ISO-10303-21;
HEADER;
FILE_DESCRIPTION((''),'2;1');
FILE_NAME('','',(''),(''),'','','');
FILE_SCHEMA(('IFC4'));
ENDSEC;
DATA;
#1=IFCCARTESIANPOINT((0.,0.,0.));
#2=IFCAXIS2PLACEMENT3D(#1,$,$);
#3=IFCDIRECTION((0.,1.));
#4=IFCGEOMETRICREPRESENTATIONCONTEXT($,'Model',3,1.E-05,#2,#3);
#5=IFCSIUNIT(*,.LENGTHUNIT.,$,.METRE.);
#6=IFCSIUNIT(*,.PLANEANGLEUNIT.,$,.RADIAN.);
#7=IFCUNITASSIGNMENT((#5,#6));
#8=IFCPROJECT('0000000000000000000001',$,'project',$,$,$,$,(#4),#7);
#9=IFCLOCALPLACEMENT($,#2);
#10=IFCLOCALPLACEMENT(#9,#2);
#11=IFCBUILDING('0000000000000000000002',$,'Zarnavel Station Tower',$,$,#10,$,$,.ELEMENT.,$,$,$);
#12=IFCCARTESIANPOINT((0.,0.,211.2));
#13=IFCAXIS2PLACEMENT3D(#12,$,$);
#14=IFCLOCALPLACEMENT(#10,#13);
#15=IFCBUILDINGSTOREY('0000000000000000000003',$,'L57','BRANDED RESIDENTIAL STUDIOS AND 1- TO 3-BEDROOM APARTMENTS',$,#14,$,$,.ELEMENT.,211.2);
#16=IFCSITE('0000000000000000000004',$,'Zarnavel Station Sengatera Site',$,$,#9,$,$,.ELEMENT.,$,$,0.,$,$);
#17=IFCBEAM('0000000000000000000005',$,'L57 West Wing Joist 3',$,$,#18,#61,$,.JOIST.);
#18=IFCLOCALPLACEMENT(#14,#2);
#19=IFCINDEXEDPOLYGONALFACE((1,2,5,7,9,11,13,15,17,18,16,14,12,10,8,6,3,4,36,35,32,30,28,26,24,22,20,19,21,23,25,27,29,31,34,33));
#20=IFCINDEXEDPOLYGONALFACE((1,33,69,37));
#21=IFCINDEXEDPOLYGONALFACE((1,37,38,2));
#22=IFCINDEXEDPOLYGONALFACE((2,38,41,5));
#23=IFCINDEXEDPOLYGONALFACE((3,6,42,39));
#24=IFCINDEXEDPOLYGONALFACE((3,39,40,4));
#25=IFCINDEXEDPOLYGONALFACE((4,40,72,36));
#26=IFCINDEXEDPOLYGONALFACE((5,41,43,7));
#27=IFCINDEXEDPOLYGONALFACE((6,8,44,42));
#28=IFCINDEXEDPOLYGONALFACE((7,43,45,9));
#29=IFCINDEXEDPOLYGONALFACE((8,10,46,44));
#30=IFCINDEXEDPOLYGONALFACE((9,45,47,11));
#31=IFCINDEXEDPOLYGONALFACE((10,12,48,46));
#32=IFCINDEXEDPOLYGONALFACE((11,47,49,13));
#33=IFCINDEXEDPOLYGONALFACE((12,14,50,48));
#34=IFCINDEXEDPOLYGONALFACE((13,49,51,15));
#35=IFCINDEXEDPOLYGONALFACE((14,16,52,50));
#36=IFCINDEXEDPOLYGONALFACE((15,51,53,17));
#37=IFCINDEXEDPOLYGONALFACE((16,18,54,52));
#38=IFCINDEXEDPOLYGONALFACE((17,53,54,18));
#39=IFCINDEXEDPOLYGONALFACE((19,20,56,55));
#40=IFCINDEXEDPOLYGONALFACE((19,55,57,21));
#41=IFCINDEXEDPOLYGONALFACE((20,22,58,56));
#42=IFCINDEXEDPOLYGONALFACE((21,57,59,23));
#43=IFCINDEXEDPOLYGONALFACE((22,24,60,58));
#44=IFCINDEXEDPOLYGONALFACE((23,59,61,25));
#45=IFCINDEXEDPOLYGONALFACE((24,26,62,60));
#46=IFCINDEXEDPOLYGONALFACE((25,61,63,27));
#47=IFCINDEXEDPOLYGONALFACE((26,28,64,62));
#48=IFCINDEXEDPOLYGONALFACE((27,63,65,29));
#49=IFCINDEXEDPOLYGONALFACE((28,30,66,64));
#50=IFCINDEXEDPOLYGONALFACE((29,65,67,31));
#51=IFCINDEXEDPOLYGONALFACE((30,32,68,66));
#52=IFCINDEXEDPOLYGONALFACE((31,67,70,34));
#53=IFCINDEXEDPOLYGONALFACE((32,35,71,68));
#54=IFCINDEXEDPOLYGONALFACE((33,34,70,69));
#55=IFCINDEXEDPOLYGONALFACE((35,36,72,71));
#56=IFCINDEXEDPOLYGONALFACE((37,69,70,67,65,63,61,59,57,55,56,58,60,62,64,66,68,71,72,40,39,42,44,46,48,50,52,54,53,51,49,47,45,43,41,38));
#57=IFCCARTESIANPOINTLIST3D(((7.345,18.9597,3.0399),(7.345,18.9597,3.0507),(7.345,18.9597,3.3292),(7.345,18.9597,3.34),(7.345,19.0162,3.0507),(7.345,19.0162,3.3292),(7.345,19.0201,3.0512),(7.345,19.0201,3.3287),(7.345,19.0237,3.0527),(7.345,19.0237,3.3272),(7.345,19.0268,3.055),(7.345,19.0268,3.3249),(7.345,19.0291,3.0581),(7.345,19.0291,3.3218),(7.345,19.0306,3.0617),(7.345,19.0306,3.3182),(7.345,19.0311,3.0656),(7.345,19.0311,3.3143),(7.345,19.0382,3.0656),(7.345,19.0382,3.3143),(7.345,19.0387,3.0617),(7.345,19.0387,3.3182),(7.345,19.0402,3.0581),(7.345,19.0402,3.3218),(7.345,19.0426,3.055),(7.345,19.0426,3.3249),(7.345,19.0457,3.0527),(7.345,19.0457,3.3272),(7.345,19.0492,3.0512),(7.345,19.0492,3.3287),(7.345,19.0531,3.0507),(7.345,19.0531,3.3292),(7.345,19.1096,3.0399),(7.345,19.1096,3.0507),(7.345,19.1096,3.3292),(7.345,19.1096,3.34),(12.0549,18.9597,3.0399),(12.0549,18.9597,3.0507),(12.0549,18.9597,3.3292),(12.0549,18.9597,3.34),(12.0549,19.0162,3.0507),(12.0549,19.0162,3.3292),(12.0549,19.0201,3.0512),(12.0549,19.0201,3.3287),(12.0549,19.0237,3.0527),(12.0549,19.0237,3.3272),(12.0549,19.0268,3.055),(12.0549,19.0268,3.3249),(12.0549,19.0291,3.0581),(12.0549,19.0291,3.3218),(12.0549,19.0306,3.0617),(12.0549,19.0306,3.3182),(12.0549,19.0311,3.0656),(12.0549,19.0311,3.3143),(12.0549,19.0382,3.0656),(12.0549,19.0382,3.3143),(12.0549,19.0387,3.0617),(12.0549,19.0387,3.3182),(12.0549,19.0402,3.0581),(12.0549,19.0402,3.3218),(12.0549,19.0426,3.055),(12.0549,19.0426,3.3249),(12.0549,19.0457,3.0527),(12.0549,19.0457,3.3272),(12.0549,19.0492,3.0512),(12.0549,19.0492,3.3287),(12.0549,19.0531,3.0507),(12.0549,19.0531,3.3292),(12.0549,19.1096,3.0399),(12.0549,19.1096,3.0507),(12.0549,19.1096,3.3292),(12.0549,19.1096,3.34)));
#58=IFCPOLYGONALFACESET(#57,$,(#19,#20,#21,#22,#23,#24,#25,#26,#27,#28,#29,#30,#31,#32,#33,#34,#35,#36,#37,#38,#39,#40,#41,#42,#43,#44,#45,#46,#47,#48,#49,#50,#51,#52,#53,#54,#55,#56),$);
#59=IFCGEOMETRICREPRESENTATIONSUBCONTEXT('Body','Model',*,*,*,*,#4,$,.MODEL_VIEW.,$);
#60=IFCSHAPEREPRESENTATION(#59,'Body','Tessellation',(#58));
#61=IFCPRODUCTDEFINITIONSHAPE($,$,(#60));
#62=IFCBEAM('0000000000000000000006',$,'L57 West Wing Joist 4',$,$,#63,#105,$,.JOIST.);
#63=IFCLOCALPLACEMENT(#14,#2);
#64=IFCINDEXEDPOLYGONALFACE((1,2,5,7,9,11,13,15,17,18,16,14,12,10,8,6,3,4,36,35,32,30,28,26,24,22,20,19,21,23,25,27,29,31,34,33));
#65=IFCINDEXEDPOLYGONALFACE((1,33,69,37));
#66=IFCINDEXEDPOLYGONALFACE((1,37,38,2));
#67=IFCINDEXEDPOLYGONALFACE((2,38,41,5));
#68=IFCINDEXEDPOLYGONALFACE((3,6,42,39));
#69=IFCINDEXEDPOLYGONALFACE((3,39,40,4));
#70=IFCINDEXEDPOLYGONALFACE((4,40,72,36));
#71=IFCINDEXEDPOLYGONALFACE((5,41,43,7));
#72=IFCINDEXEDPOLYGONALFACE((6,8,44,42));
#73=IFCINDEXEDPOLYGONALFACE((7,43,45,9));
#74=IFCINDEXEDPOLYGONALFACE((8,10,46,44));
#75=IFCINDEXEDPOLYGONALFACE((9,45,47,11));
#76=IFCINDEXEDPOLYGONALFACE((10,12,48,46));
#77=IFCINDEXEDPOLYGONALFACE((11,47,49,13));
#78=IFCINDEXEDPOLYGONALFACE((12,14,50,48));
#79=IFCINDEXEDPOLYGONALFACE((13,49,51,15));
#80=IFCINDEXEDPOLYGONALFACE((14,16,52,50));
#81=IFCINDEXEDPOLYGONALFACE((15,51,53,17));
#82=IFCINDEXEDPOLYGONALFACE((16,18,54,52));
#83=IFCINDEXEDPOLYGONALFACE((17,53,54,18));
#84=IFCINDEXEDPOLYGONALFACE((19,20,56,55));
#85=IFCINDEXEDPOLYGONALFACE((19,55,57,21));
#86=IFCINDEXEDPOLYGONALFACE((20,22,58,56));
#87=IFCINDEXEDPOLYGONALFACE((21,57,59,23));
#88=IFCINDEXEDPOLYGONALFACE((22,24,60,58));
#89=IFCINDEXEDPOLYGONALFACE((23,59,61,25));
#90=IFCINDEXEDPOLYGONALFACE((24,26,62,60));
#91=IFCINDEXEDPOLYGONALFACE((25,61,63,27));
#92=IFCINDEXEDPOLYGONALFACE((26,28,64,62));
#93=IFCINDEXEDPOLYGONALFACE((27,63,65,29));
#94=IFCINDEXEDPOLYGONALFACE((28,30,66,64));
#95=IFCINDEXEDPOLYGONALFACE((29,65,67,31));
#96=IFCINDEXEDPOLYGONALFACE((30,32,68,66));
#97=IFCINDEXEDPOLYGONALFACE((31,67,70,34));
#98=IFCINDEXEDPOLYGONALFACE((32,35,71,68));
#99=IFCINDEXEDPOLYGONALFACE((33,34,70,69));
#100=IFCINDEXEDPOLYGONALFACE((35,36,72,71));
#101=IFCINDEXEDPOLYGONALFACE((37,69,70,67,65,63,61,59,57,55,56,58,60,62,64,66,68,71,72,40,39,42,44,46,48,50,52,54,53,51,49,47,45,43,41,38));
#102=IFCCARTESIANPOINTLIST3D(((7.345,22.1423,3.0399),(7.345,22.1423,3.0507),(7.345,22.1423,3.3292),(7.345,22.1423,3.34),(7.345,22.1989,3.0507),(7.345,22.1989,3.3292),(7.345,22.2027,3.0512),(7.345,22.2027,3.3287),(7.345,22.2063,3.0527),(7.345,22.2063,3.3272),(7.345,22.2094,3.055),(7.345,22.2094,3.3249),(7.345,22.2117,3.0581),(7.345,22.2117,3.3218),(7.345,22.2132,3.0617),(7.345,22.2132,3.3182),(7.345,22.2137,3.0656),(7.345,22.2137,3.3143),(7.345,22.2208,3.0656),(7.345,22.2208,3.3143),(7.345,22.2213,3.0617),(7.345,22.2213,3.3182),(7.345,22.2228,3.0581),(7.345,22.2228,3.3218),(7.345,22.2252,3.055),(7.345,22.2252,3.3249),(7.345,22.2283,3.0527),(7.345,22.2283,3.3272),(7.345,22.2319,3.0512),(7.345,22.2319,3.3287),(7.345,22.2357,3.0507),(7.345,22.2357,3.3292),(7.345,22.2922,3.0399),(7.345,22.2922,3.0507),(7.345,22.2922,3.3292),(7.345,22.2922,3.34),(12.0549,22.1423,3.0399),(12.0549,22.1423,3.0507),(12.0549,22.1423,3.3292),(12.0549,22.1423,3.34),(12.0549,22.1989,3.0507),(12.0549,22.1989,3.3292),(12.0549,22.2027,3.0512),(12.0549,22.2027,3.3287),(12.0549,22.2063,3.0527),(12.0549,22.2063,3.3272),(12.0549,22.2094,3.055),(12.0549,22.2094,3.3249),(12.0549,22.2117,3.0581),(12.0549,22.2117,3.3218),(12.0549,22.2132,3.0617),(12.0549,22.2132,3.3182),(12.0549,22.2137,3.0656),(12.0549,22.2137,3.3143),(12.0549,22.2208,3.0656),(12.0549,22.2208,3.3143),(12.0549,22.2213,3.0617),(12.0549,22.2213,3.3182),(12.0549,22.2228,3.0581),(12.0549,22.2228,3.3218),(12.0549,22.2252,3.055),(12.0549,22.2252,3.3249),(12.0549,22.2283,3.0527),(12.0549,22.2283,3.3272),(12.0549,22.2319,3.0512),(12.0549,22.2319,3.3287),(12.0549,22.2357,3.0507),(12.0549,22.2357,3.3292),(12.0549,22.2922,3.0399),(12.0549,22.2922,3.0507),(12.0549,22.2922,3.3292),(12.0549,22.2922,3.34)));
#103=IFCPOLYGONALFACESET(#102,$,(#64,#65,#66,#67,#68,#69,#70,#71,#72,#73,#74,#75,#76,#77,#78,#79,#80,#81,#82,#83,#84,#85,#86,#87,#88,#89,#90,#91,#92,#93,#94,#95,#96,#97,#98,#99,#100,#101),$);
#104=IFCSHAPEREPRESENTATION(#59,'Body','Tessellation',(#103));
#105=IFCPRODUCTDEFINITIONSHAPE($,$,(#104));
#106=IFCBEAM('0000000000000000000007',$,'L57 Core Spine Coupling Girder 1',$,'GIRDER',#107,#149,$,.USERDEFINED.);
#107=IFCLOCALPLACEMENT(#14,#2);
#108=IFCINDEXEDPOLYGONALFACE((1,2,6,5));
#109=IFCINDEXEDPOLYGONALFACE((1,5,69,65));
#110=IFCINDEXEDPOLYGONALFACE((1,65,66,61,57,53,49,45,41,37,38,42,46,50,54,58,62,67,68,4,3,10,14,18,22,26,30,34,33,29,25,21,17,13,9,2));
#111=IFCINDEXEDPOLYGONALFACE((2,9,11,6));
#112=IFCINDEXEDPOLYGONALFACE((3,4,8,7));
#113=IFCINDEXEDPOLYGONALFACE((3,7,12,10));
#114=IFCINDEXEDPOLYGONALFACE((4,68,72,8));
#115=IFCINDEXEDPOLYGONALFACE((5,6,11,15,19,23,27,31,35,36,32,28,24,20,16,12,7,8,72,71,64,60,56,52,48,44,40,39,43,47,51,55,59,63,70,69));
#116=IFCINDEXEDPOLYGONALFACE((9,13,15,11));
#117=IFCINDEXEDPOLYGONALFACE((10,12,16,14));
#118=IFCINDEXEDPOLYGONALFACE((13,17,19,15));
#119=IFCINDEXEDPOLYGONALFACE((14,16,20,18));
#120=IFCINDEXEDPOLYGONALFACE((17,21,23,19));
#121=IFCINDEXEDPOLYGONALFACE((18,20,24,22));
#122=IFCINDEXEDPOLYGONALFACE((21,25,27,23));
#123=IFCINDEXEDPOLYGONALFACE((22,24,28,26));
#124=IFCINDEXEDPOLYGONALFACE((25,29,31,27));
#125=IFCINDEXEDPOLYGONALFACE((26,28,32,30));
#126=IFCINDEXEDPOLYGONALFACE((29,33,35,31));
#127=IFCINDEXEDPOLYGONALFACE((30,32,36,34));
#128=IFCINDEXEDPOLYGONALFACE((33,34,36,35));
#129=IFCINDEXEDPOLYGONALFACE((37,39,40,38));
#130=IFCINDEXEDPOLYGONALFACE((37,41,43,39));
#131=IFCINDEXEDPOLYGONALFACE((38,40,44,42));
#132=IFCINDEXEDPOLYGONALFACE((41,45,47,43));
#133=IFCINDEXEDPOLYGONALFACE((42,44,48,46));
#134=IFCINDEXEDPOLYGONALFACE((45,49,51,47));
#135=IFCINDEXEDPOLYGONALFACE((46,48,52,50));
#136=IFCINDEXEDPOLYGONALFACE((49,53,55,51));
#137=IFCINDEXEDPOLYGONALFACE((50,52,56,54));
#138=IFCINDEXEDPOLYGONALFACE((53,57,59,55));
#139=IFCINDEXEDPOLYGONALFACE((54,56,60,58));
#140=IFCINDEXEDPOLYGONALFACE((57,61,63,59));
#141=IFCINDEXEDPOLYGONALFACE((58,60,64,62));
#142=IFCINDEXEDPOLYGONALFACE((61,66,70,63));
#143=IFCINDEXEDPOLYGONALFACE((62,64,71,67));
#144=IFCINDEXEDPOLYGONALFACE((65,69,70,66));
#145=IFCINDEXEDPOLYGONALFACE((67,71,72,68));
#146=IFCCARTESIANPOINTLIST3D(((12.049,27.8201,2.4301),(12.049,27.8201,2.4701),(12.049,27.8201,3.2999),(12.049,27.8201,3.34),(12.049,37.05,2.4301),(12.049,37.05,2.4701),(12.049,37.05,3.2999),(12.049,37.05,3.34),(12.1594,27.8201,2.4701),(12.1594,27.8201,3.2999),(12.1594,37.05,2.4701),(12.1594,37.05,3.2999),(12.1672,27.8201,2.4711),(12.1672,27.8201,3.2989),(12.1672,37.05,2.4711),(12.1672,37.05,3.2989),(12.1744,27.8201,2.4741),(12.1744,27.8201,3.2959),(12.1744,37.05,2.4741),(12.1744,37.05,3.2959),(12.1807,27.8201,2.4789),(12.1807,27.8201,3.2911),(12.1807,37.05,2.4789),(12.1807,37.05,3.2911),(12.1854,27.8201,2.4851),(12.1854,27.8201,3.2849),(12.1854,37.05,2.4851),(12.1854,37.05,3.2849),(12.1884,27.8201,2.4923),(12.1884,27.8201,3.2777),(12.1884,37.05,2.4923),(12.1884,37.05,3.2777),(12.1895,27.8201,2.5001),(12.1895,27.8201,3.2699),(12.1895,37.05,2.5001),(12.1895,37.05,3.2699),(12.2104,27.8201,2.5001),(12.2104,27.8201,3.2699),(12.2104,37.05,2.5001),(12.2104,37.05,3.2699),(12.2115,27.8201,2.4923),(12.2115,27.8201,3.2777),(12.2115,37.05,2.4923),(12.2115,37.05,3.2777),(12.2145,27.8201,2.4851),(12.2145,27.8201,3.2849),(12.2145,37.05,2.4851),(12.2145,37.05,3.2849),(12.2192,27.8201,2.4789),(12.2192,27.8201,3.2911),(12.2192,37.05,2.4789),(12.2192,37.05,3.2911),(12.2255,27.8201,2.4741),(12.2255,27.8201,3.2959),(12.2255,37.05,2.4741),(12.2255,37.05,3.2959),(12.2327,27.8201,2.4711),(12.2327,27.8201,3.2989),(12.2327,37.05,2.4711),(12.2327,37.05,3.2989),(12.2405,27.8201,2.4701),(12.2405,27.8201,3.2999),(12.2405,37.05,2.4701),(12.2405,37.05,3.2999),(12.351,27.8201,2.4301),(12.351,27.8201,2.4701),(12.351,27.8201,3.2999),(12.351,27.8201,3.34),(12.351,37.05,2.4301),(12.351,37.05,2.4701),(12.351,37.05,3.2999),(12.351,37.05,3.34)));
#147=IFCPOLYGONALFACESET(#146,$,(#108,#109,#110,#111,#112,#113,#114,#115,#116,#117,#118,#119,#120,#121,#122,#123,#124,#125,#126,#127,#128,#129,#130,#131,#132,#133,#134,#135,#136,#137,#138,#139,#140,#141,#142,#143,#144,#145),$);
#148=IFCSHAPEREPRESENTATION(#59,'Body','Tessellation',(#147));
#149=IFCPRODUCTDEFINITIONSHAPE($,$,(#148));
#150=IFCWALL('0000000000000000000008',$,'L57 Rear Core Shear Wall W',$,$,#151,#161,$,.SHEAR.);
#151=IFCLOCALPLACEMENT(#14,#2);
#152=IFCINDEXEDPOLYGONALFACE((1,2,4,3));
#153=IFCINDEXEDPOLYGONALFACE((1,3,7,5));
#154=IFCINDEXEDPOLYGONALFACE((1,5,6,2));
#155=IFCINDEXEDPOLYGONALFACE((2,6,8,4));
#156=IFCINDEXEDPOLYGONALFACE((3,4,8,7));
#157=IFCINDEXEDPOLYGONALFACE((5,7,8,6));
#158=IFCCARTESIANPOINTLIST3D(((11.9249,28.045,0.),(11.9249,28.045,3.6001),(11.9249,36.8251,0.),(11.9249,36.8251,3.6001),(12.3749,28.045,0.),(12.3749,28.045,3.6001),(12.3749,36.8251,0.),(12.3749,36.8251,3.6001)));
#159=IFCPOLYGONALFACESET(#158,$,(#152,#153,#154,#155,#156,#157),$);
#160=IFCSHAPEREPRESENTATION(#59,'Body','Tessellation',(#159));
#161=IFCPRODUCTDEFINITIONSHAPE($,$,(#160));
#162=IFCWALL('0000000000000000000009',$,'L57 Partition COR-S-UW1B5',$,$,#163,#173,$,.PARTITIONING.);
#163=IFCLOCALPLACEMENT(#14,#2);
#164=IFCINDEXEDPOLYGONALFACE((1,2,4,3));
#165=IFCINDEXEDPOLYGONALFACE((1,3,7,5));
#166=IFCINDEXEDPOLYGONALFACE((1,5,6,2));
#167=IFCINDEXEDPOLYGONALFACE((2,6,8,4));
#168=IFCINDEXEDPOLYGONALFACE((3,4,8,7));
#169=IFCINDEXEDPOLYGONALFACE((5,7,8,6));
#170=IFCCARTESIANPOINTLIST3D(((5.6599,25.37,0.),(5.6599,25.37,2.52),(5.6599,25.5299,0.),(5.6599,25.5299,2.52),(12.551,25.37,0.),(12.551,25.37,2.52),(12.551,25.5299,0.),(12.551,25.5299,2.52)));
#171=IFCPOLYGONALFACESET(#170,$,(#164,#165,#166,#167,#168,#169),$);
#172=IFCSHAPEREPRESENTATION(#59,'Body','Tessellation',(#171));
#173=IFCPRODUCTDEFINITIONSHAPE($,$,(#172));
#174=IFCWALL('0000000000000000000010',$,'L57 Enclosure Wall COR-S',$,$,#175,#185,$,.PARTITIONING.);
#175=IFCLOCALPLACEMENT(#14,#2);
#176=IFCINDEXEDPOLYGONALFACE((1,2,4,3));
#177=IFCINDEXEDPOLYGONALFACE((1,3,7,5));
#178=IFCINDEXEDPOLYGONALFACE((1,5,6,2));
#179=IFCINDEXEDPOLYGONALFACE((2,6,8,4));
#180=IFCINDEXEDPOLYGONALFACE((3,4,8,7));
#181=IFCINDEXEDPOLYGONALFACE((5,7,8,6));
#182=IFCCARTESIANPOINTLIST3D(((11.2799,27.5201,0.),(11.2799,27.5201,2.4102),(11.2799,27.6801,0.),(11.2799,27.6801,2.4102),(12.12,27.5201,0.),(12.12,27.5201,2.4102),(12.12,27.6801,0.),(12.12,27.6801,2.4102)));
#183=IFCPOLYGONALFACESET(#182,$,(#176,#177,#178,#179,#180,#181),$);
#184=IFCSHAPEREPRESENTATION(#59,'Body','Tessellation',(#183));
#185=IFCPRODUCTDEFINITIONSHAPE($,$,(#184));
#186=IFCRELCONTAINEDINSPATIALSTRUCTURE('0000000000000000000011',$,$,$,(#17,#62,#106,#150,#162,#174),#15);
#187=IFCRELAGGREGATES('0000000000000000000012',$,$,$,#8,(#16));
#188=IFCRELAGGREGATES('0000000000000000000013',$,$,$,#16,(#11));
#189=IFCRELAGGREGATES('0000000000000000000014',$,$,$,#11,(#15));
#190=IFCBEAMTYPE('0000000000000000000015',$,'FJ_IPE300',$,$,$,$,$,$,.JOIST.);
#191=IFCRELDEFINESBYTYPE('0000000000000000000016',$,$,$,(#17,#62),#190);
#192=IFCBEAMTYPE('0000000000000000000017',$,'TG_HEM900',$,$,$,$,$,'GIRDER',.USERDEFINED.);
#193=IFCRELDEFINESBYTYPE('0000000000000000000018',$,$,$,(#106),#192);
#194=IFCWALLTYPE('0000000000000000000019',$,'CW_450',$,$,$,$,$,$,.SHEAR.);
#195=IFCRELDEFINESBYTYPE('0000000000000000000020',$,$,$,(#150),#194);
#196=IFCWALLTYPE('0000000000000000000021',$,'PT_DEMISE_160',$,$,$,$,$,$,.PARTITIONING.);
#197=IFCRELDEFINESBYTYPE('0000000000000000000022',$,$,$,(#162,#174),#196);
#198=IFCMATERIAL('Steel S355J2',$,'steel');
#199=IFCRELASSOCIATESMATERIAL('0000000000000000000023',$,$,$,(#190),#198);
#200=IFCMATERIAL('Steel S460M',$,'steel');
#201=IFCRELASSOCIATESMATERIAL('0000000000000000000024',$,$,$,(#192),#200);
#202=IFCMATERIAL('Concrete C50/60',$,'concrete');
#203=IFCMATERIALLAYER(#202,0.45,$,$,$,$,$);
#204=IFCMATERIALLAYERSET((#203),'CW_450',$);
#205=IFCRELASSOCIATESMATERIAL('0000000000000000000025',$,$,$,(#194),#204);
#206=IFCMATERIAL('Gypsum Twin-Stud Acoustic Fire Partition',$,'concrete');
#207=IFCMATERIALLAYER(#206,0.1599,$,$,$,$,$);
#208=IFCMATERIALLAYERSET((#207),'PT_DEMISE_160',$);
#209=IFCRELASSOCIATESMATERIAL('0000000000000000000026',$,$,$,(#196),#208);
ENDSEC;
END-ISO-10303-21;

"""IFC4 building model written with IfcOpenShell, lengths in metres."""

from ifc_helpers import new_model, si_unit, direction, frame, frame_2d, origin, origin_2d, place, context, subcontext, project, spatial, rectangle, i_section, extrude, material, layer, layer_set, material_profile, profile_set, type_object, element, save


model = new_model("IFC4")

# Units and contexts
model_context = context("Model", 3, precision=1e-05, world=origin(), true_north=direction((0.0, 1.0)))
body_context = subcontext(model_context, "Body", "Model", "MODEL_VIEW")
ifc_project = project(units=[si_unit("LENGTHUNIT", "METRE"), si_unit("PLANEANGLEUNIT", "RADIAN")], contexts=[model_context])

# Site, building, storey
site_placement = place(None, origin())
site = spatial("IfcSite", under=ifc_project, at=site_placement, Name="Zarnavel Station Sengatera Site", CompositionType="ELEMENT", RefElevation=0.0)
building_placement = place(site_placement, origin())
building = spatial("IfcBuilding", under=site, at=building_placement, Name="Zarnavel Station Tower", CompositionType="ELEMENT")
storey_placement = place(building_placement, frame((0.0, 0.0, 211.2)))
storey = spatial("IfcBuildingStorey", under=building, at=storey_placement, Name="L57", Description="BRANDED RESIDENTIAL STUDIOS AND 1- TO 3-BEDROOM APARTMENTS", CompositionType="ELEMENT", Elevation=211.2)

# Beams
ifc_material_1 = material(Name="Steel S355J2", Category="steel")
ifc_material_profile_1 = material_profile(ifc_material_1, i_section(OverallWidth=0.1499, OverallDepth=0.3, WebThickness=0.0071, FlangeThickness=0.0107, FilletRadius=0.0149, at=origin_2d()), Name="IPE300")
ifc_profile_set_1 = profile_set([ifc_material_profile_1], Name="Steel S355J2")
beam_type_1 = type_object("IfcBeamType", Name="FJ_IPE300", PredefinedType="JOIST", material=ifc_profile_set_1)
for number, where, z_axis, x_axis, name in (
    (1, (7.345, 19.0347, 3.1899), (1.0, 0.0, 0.0), (0.0, 1.0, 0.0), "L57 West Wing Joist 3"),
    (2, (7.345, 22.2173, 3.1899), (1.0, 0.0, 0.0), (0.0, 1.0, 0.0), "L57 West Wing Joist 4"),
):
    element("IfcBeam", number, at=place(storey_placement, frame(where, z_axis=z_axis, x_axis=x_axis)), inside=storey, type_object=beam_type_1, Name=name, PredefinedType="JOIST", context=body_context, shape_type="SweptSolid", body=[
        extrude(i_section(OverallWidth=0.1499, OverallDepth=0.3, WebThickness=0.0071, FlangeThickness=0.0107, FilletRadius=0.0149, at=origin_2d()), origin(), (0.0, 0.0, 1.0), 4.71),
    ])
ifc_material_2 = material(Name="Steel S460M", Category="steel")
ifc_material_profile_2 = material_profile(ifc_material_2, i_section(OverallWidth=0.302, OverallDepth=0.9099, WebThickness=0.021, FlangeThickness=0.04, FilletRadius=0.03, at=origin_2d()), Name="HEM900")
ifc_profile_set_2 = profile_set([ifc_material_profile_2], Name="Steel S460M")
beam_type_2 = type_object("IfcBeamType", Name="TG_HEM900", ElementType="GIRDER", PredefinedType="USERDEFINED", material=ifc_profile_set_2)
beam_1_placement = place(storey_placement, frame((12.2, 27.8201, 2.885), z_axis=(0.0, 1.0, 0.0), x_axis=(-1.0, 0.0, 0.0)))
element("IfcBeam", 3, at=beam_1_placement, inside=storey, type_object=beam_type_2, Name="L57 Core Spine Coupling Girder 1", ObjectType="GIRDER", PredefinedType="USERDEFINED", context=body_context, shape_type="SweptSolid", body=[
    extrude(i_section(OverallWidth=0.302, OverallDepth=0.9099, WebThickness=0.021, FlangeThickness=0.04, FilletRadius=0.03, at=origin_2d()), origin(), (0.0, 0.0, 1.0), 9.23),
])

# Walls
ifc_material_3 = material(Name="Concrete C50/60", Category="concrete")
ifc_layer_1 = layer(ifc_material_3, 0.45)
ifc_layer_set_1 = layer_set([ifc_layer_1], Name="CW_450")
wall_type_1 = type_object("IfcWallType", Name="CW_450", PredefinedType="SHEAR", material=ifc_layer_set_1)
wall_1_placement = place(storey_placement, frame((12.1499, 28.0449, 0.0), z_axis=(0.0, 0.0, 1.0), x_axis=(0.0, 1.0, 0.0)))
element("IfcWall", 4, at=wall_1_placement, inside=storey, type_object=wall_type_1, Name="L57 Rear Core Shear Wall W", PredefinedType="SHEAR", context=body_context, shape_type="SweptSolid", body=[
    extrude(rectangle(XDim=8.78, YDim=0.45, at=frame_2d((4.3901, 0.0))), origin(), (0.0, 0.0, 1.0), 3.6001),
])
ifc_material_4 = material(Name="Gypsum Twin-Stud Acoustic Fire Partition", Category="concrete")
ifc_layer_2 = layer(ifc_material_4, 0.1599)
ifc_layer_set_2 = layer_set([ifc_layer_2], Name="PT_DEMISE_160")
wall_type_2 = type_object("IfcWallType", Name="PT_DEMISE_160", PredefinedType="PARTITIONING", material=ifc_layer_set_2)
wall_2_placement = place(storey_placement, frame((5.6599, 25.45, 0.0), z_axis=(0.0, 0.0, 1.0), x_axis=(1.0, 0.0, 0.0)))
element("IfcWall", 5, at=wall_2_placement, inside=storey, type_object=wall_type_2, Name="L57 Partition COR-S-UW1B5", PredefinedType="PARTITIONING", context=body_context, shape_type="SweptSolid", body=[
    extrude(rectangle(XDim=6.8911, YDim=0.1599, at=frame_2d((3.4456, 0.0))), origin(), (0.0, 0.0, 1.0), 2.52),
])
wall_3_placement = place(storey_placement, frame((11.28, 27.6001, 0.0), z_axis=(0.0, 0.0, 1.0), x_axis=(1.0, 0.0, 0.0)))
element("IfcWall", 6, at=wall_3_placement, inside=storey, type_object=wall_type_2, Name="L57 Enclosure Wall COR-S", PredefinedType="PARTITIONING", context=body_context, shape_type="SweptSolid", body=[
    extrude(rectangle(XDim=0.8401, YDim=0.1599, at=frame_2d((0.4199, 0.0))), origin(), (0.0, 0.0, 1.0), 2.4102),
])

save(model, "model.ifc")
